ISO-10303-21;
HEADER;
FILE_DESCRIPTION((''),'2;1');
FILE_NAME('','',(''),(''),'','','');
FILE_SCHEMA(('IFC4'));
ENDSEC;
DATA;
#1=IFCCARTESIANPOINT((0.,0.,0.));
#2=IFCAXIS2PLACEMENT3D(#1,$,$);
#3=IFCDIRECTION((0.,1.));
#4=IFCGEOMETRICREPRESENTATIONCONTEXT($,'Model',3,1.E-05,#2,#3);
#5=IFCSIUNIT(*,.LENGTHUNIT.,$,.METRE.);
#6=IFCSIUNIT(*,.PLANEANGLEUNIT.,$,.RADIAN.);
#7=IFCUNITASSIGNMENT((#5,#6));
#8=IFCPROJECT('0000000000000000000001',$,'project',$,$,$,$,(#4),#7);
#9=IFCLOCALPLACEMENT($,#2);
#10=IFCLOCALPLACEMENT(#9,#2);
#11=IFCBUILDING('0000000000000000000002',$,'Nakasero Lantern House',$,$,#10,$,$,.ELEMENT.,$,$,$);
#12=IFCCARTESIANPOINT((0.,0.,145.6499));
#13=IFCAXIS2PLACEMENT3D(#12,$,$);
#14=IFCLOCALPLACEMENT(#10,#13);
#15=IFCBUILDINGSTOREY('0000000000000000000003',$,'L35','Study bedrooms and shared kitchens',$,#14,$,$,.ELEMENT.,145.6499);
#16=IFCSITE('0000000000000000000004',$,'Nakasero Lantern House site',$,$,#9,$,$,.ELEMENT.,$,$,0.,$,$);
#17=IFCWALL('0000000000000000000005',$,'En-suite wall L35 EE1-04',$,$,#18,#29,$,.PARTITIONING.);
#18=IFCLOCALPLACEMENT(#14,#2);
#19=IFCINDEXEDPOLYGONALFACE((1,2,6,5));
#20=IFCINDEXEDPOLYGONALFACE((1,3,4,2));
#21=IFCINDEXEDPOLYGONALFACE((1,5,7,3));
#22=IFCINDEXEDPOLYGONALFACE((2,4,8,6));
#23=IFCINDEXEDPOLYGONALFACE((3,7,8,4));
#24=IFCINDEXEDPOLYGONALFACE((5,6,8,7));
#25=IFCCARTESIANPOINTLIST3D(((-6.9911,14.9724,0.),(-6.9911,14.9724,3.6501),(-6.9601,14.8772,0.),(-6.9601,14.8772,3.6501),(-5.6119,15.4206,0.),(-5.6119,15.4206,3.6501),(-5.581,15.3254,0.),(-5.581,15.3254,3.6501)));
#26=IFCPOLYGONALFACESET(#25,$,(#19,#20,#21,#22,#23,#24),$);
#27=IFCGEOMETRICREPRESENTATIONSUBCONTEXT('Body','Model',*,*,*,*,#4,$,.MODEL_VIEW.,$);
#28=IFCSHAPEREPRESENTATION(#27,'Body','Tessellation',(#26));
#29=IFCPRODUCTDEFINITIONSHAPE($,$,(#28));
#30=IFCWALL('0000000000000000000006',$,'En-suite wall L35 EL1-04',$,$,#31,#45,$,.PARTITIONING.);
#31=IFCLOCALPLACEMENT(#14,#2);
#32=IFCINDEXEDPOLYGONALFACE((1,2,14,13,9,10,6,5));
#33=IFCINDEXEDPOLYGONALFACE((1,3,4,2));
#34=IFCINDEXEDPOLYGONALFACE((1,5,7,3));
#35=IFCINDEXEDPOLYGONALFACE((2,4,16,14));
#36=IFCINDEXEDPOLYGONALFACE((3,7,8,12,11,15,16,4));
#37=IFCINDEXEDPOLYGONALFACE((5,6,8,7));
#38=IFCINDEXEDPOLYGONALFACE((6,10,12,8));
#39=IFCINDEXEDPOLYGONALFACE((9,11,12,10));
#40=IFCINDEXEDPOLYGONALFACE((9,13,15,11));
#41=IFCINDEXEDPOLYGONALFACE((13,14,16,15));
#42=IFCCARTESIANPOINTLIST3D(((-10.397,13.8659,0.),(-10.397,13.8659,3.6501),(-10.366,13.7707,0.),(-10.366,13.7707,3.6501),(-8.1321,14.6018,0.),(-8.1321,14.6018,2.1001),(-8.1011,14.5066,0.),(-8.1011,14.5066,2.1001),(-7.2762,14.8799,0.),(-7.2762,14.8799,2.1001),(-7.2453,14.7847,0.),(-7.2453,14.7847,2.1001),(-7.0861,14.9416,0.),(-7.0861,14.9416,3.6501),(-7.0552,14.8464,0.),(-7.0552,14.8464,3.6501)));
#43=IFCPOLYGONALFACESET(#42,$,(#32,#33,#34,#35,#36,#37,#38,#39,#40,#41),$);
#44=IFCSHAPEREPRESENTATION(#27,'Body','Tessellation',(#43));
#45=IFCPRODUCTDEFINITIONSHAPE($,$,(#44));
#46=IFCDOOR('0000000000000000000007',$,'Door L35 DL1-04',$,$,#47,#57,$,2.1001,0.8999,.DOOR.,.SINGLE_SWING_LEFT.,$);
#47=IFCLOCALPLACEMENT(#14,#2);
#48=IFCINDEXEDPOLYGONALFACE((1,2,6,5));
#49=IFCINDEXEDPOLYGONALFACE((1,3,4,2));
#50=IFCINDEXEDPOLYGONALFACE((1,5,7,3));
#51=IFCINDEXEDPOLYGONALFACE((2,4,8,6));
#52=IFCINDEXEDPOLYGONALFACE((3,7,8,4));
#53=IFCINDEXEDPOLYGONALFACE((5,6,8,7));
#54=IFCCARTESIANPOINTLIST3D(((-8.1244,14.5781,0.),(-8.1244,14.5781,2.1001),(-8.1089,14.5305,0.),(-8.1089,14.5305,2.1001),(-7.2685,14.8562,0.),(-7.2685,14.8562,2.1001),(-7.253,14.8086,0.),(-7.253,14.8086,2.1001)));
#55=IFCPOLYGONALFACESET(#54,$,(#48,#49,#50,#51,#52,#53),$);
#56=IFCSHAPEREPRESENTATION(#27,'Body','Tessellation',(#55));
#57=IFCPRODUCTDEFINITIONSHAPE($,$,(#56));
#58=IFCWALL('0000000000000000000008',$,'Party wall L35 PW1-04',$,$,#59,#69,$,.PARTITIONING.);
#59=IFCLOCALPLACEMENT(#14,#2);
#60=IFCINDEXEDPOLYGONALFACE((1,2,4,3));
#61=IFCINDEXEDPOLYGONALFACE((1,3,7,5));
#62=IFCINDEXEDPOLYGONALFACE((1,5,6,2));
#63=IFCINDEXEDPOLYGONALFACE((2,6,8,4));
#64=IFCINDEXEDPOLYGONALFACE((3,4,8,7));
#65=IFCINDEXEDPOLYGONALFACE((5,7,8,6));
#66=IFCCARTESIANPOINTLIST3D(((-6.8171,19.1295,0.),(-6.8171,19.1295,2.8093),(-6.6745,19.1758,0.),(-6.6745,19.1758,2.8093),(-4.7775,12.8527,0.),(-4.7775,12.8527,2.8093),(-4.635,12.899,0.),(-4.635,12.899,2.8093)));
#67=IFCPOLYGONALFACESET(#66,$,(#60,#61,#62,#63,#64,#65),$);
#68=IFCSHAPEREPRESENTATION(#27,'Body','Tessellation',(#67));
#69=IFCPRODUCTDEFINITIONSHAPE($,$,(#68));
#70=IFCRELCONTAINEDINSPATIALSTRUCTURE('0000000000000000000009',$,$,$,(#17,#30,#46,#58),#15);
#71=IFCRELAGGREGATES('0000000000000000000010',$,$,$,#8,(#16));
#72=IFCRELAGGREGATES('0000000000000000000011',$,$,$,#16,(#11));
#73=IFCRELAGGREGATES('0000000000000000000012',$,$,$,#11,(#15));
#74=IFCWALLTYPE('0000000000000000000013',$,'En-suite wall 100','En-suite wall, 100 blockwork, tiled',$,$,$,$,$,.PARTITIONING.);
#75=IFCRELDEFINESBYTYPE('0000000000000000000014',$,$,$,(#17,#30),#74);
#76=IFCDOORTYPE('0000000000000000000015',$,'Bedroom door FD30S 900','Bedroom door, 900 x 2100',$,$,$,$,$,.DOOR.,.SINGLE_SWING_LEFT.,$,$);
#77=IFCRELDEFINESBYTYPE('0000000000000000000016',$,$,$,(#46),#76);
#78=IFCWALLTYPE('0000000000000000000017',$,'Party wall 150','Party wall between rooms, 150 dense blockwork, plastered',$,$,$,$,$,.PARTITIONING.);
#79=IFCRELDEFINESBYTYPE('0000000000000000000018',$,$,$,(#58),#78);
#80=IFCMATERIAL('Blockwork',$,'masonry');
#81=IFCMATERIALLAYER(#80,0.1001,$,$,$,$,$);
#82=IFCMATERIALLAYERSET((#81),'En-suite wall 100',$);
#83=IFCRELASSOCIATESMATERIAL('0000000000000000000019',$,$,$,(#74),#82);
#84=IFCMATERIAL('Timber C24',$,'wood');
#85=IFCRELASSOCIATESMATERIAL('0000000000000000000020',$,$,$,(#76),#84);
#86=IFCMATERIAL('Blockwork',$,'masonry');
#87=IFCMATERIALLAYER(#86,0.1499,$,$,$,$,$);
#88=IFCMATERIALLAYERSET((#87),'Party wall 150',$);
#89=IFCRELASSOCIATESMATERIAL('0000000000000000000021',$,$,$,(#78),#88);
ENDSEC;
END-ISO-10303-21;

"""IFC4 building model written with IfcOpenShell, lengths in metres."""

from ifc_helpers import new_model, si_unit, direction, frame, frame_2d, origin, place, context, subcontext, project, spatial, rectangle, extrude, material, layer, layer_set, type_object, element, fill, save


model = new_model("IFC4")

# Units and contexts
model_context = context("Model", 3, precision=1e-05, world=origin(), true_north=direction((0.0, 1.0)))
body_context = subcontext(model_context, "Body", "Model", "MODEL_VIEW")
ifc_project = project(units=[si_unit("LENGTHUNIT", "METRE"), si_unit("PLANEANGLEUNIT", "RADIAN")], contexts=[model_context])

# Site, building, storey
site_placement = place(None, origin())
site = spatial("IfcSite", under=ifc_project, at=site_placement, Name="Nakasero Lantern House site", CompositionType="ELEMENT", RefElevation=0.0)
building_placement = place(site_placement, origin())
building = spatial("IfcBuilding", under=site, at=building_placement, Name="Nakasero Lantern House", CompositionType="ELEMENT")
storey_placement = place(building_placement, frame((0.0, 0.0, 145.6499)))
storey = spatial("IfcBuildingStorey", under=building, at=storey_placement, Name="L35", Description="Study bedrooms and shared kitchens", CompositionType="ELEMENT", Elevation=145.6499)

# Shared definitions
ifc_material_1 = material(Name="Blockwork", Category="masonry")
ifc_layer_1 = layer(ifc_material_1, 0.1001)
ifc_layer_set_1 = layer_set([ifc_layer_1], Name="En-suite wall 100")
wall_type_1 = type_object("IfcWallType", Name="En-suite wall 100", Description="En-suite wall, 100 blockwork, tiled", PredefinedType="PARTITIONING", material=ifc_layer_set_1)

# Wall
wall_1_placement = place(storey_placement, frame((-5.5964, 15.373, 0.0), z_axis=(0.0, 0.0, 1.0), x_axis=(-0.95103, -0.309097, 0.0)))
element("IfcWall", 1, at=wall_1_placement, inside=storey, type_object=wall_type_1, Name="En-suite wall L35 EE1-04", PredefinedType="PARTITIONING", context=body_context, shape_type="SweptSolid", body=[
    extrude(rectangle(XDim=1.4502, YDim=0.1001, at=frame_2d((0.7251, 0.0))), origin(), (0.0, 0.0, 1.0), 3.6501),
])

# Wall, opening, door
wall_2_placement = place(storey_placement, frame((-7.0706, 14.894, 0.0), z_axis=(0.0, 0.0, 1.0), x_axis=(-0.951061, -0.309002, 0.0)))
wall_2 = element("IfcWall", 2, at=wall_2_placement, inside=storey, type_object=wall_type_1, Name="En-suite wall L35 EL1-04", PredefinedType="PARTITIONING", context=body_context, shape_type="SweptSolid", body=[
    extrude(rectangle(XDim=3.4812, YDim=0.1001, at=frame_2d((1.7407, 0.0))), origin(), (0.0, 0.0, 1.0), 3.6501),
])
opening_1_placement = place(wall_2_placement, frame((0.2, 0.0, 0.0)))
opening_1 = element("IfcOpeningElement", 3, at=opening_1_placement, cuts=wall_2, PredefinedType="OPENING", context=body_context, shape_type="SweptSolid", body=[
    extrude(rectangle(XDim=0.8999, YDim=2.1001, at=frame_2d((0.45, 1.05))), frame((0.0, 0.0701, 0.0), z_axis=(0.0, -1.0, 0.0), x_axis=(1.0, 0.0, 0.0)), (0.0, 0.0, 1.0), 0.1401),
])
ifc_material_2 = material(Name="Timber C24", Category="wood")
door_type_1 = type_object("IfcDoorType", Name="Bedroom door FD30S 900", Description="Bedroom door, 900 x 2100", OperationType="SINGLE_SWING_LEFT", PredefinedType="DOOR", material=ifc_material_2)
door_1_placement = place(opening_1_placement, origin())
door_1 = element("IfcDoor", 4, at=door_1_placement, inside=storey, type_object=door_type_1, Name="Door L35 DL1-04", OperationType="SINGLE_SWING_LEFT", OverallHeight=2.1001, OverallWidth=0.8999, PredefinedType="DOOR", context=body_context, shape_type="SweptSolid", body=[
    extrude(rectangle(XDim=0.8999, YDim=2.1001, at=frame_2d((0.45, 1.05))), frame((0.0, 0.0249, 0.0), z_axis=(0.0, -1.0, 0.0), x_axis=(1.0, 0.0, 0.0)), (0.0, 0.0, 1.0), 0.05),
])
fill(opening_1, door_1)

# Wall
ifc_material_3 = material(Name="Blockwork", Category="masonry")
ifc_layer_2 = layer(ifc_material_3, 0.1499)
ifc_layer_set_2 = layer_set([ifc_layer_2], Name="Party wall 150")
wall_type_2 = type_object("IfcWallType", Name="Party wall 150", Description="Party wall between rooms, 150 dense blockwork, plastered", PredefinedType="PARTITIONING", material=ifc_layer_set_2)
wall_3_placement = place(storey_placement, frame((-4.7063, 12.876, 0.0), z_axis=(0.0, 0.0, 1.0), x_axis=(-0.309028, 0.951053, 0.0)))
element("IfcWall", 5, at=wall_3_placement, inside=storey, type_object=wall_type_2, Name="Party wall L35 PW1-04", PredefinedType="PARTITIONING", context=body_context, shape_type="SweptSolid", body=[
    extrude(rectangle(XDim=6.5999, YDim=0.1499, at=frame_2d((3.2998, 0.0))), origin(), (0.0, 0.0, 1.0), 2.8093),
])

save(model, "model.ifc")
